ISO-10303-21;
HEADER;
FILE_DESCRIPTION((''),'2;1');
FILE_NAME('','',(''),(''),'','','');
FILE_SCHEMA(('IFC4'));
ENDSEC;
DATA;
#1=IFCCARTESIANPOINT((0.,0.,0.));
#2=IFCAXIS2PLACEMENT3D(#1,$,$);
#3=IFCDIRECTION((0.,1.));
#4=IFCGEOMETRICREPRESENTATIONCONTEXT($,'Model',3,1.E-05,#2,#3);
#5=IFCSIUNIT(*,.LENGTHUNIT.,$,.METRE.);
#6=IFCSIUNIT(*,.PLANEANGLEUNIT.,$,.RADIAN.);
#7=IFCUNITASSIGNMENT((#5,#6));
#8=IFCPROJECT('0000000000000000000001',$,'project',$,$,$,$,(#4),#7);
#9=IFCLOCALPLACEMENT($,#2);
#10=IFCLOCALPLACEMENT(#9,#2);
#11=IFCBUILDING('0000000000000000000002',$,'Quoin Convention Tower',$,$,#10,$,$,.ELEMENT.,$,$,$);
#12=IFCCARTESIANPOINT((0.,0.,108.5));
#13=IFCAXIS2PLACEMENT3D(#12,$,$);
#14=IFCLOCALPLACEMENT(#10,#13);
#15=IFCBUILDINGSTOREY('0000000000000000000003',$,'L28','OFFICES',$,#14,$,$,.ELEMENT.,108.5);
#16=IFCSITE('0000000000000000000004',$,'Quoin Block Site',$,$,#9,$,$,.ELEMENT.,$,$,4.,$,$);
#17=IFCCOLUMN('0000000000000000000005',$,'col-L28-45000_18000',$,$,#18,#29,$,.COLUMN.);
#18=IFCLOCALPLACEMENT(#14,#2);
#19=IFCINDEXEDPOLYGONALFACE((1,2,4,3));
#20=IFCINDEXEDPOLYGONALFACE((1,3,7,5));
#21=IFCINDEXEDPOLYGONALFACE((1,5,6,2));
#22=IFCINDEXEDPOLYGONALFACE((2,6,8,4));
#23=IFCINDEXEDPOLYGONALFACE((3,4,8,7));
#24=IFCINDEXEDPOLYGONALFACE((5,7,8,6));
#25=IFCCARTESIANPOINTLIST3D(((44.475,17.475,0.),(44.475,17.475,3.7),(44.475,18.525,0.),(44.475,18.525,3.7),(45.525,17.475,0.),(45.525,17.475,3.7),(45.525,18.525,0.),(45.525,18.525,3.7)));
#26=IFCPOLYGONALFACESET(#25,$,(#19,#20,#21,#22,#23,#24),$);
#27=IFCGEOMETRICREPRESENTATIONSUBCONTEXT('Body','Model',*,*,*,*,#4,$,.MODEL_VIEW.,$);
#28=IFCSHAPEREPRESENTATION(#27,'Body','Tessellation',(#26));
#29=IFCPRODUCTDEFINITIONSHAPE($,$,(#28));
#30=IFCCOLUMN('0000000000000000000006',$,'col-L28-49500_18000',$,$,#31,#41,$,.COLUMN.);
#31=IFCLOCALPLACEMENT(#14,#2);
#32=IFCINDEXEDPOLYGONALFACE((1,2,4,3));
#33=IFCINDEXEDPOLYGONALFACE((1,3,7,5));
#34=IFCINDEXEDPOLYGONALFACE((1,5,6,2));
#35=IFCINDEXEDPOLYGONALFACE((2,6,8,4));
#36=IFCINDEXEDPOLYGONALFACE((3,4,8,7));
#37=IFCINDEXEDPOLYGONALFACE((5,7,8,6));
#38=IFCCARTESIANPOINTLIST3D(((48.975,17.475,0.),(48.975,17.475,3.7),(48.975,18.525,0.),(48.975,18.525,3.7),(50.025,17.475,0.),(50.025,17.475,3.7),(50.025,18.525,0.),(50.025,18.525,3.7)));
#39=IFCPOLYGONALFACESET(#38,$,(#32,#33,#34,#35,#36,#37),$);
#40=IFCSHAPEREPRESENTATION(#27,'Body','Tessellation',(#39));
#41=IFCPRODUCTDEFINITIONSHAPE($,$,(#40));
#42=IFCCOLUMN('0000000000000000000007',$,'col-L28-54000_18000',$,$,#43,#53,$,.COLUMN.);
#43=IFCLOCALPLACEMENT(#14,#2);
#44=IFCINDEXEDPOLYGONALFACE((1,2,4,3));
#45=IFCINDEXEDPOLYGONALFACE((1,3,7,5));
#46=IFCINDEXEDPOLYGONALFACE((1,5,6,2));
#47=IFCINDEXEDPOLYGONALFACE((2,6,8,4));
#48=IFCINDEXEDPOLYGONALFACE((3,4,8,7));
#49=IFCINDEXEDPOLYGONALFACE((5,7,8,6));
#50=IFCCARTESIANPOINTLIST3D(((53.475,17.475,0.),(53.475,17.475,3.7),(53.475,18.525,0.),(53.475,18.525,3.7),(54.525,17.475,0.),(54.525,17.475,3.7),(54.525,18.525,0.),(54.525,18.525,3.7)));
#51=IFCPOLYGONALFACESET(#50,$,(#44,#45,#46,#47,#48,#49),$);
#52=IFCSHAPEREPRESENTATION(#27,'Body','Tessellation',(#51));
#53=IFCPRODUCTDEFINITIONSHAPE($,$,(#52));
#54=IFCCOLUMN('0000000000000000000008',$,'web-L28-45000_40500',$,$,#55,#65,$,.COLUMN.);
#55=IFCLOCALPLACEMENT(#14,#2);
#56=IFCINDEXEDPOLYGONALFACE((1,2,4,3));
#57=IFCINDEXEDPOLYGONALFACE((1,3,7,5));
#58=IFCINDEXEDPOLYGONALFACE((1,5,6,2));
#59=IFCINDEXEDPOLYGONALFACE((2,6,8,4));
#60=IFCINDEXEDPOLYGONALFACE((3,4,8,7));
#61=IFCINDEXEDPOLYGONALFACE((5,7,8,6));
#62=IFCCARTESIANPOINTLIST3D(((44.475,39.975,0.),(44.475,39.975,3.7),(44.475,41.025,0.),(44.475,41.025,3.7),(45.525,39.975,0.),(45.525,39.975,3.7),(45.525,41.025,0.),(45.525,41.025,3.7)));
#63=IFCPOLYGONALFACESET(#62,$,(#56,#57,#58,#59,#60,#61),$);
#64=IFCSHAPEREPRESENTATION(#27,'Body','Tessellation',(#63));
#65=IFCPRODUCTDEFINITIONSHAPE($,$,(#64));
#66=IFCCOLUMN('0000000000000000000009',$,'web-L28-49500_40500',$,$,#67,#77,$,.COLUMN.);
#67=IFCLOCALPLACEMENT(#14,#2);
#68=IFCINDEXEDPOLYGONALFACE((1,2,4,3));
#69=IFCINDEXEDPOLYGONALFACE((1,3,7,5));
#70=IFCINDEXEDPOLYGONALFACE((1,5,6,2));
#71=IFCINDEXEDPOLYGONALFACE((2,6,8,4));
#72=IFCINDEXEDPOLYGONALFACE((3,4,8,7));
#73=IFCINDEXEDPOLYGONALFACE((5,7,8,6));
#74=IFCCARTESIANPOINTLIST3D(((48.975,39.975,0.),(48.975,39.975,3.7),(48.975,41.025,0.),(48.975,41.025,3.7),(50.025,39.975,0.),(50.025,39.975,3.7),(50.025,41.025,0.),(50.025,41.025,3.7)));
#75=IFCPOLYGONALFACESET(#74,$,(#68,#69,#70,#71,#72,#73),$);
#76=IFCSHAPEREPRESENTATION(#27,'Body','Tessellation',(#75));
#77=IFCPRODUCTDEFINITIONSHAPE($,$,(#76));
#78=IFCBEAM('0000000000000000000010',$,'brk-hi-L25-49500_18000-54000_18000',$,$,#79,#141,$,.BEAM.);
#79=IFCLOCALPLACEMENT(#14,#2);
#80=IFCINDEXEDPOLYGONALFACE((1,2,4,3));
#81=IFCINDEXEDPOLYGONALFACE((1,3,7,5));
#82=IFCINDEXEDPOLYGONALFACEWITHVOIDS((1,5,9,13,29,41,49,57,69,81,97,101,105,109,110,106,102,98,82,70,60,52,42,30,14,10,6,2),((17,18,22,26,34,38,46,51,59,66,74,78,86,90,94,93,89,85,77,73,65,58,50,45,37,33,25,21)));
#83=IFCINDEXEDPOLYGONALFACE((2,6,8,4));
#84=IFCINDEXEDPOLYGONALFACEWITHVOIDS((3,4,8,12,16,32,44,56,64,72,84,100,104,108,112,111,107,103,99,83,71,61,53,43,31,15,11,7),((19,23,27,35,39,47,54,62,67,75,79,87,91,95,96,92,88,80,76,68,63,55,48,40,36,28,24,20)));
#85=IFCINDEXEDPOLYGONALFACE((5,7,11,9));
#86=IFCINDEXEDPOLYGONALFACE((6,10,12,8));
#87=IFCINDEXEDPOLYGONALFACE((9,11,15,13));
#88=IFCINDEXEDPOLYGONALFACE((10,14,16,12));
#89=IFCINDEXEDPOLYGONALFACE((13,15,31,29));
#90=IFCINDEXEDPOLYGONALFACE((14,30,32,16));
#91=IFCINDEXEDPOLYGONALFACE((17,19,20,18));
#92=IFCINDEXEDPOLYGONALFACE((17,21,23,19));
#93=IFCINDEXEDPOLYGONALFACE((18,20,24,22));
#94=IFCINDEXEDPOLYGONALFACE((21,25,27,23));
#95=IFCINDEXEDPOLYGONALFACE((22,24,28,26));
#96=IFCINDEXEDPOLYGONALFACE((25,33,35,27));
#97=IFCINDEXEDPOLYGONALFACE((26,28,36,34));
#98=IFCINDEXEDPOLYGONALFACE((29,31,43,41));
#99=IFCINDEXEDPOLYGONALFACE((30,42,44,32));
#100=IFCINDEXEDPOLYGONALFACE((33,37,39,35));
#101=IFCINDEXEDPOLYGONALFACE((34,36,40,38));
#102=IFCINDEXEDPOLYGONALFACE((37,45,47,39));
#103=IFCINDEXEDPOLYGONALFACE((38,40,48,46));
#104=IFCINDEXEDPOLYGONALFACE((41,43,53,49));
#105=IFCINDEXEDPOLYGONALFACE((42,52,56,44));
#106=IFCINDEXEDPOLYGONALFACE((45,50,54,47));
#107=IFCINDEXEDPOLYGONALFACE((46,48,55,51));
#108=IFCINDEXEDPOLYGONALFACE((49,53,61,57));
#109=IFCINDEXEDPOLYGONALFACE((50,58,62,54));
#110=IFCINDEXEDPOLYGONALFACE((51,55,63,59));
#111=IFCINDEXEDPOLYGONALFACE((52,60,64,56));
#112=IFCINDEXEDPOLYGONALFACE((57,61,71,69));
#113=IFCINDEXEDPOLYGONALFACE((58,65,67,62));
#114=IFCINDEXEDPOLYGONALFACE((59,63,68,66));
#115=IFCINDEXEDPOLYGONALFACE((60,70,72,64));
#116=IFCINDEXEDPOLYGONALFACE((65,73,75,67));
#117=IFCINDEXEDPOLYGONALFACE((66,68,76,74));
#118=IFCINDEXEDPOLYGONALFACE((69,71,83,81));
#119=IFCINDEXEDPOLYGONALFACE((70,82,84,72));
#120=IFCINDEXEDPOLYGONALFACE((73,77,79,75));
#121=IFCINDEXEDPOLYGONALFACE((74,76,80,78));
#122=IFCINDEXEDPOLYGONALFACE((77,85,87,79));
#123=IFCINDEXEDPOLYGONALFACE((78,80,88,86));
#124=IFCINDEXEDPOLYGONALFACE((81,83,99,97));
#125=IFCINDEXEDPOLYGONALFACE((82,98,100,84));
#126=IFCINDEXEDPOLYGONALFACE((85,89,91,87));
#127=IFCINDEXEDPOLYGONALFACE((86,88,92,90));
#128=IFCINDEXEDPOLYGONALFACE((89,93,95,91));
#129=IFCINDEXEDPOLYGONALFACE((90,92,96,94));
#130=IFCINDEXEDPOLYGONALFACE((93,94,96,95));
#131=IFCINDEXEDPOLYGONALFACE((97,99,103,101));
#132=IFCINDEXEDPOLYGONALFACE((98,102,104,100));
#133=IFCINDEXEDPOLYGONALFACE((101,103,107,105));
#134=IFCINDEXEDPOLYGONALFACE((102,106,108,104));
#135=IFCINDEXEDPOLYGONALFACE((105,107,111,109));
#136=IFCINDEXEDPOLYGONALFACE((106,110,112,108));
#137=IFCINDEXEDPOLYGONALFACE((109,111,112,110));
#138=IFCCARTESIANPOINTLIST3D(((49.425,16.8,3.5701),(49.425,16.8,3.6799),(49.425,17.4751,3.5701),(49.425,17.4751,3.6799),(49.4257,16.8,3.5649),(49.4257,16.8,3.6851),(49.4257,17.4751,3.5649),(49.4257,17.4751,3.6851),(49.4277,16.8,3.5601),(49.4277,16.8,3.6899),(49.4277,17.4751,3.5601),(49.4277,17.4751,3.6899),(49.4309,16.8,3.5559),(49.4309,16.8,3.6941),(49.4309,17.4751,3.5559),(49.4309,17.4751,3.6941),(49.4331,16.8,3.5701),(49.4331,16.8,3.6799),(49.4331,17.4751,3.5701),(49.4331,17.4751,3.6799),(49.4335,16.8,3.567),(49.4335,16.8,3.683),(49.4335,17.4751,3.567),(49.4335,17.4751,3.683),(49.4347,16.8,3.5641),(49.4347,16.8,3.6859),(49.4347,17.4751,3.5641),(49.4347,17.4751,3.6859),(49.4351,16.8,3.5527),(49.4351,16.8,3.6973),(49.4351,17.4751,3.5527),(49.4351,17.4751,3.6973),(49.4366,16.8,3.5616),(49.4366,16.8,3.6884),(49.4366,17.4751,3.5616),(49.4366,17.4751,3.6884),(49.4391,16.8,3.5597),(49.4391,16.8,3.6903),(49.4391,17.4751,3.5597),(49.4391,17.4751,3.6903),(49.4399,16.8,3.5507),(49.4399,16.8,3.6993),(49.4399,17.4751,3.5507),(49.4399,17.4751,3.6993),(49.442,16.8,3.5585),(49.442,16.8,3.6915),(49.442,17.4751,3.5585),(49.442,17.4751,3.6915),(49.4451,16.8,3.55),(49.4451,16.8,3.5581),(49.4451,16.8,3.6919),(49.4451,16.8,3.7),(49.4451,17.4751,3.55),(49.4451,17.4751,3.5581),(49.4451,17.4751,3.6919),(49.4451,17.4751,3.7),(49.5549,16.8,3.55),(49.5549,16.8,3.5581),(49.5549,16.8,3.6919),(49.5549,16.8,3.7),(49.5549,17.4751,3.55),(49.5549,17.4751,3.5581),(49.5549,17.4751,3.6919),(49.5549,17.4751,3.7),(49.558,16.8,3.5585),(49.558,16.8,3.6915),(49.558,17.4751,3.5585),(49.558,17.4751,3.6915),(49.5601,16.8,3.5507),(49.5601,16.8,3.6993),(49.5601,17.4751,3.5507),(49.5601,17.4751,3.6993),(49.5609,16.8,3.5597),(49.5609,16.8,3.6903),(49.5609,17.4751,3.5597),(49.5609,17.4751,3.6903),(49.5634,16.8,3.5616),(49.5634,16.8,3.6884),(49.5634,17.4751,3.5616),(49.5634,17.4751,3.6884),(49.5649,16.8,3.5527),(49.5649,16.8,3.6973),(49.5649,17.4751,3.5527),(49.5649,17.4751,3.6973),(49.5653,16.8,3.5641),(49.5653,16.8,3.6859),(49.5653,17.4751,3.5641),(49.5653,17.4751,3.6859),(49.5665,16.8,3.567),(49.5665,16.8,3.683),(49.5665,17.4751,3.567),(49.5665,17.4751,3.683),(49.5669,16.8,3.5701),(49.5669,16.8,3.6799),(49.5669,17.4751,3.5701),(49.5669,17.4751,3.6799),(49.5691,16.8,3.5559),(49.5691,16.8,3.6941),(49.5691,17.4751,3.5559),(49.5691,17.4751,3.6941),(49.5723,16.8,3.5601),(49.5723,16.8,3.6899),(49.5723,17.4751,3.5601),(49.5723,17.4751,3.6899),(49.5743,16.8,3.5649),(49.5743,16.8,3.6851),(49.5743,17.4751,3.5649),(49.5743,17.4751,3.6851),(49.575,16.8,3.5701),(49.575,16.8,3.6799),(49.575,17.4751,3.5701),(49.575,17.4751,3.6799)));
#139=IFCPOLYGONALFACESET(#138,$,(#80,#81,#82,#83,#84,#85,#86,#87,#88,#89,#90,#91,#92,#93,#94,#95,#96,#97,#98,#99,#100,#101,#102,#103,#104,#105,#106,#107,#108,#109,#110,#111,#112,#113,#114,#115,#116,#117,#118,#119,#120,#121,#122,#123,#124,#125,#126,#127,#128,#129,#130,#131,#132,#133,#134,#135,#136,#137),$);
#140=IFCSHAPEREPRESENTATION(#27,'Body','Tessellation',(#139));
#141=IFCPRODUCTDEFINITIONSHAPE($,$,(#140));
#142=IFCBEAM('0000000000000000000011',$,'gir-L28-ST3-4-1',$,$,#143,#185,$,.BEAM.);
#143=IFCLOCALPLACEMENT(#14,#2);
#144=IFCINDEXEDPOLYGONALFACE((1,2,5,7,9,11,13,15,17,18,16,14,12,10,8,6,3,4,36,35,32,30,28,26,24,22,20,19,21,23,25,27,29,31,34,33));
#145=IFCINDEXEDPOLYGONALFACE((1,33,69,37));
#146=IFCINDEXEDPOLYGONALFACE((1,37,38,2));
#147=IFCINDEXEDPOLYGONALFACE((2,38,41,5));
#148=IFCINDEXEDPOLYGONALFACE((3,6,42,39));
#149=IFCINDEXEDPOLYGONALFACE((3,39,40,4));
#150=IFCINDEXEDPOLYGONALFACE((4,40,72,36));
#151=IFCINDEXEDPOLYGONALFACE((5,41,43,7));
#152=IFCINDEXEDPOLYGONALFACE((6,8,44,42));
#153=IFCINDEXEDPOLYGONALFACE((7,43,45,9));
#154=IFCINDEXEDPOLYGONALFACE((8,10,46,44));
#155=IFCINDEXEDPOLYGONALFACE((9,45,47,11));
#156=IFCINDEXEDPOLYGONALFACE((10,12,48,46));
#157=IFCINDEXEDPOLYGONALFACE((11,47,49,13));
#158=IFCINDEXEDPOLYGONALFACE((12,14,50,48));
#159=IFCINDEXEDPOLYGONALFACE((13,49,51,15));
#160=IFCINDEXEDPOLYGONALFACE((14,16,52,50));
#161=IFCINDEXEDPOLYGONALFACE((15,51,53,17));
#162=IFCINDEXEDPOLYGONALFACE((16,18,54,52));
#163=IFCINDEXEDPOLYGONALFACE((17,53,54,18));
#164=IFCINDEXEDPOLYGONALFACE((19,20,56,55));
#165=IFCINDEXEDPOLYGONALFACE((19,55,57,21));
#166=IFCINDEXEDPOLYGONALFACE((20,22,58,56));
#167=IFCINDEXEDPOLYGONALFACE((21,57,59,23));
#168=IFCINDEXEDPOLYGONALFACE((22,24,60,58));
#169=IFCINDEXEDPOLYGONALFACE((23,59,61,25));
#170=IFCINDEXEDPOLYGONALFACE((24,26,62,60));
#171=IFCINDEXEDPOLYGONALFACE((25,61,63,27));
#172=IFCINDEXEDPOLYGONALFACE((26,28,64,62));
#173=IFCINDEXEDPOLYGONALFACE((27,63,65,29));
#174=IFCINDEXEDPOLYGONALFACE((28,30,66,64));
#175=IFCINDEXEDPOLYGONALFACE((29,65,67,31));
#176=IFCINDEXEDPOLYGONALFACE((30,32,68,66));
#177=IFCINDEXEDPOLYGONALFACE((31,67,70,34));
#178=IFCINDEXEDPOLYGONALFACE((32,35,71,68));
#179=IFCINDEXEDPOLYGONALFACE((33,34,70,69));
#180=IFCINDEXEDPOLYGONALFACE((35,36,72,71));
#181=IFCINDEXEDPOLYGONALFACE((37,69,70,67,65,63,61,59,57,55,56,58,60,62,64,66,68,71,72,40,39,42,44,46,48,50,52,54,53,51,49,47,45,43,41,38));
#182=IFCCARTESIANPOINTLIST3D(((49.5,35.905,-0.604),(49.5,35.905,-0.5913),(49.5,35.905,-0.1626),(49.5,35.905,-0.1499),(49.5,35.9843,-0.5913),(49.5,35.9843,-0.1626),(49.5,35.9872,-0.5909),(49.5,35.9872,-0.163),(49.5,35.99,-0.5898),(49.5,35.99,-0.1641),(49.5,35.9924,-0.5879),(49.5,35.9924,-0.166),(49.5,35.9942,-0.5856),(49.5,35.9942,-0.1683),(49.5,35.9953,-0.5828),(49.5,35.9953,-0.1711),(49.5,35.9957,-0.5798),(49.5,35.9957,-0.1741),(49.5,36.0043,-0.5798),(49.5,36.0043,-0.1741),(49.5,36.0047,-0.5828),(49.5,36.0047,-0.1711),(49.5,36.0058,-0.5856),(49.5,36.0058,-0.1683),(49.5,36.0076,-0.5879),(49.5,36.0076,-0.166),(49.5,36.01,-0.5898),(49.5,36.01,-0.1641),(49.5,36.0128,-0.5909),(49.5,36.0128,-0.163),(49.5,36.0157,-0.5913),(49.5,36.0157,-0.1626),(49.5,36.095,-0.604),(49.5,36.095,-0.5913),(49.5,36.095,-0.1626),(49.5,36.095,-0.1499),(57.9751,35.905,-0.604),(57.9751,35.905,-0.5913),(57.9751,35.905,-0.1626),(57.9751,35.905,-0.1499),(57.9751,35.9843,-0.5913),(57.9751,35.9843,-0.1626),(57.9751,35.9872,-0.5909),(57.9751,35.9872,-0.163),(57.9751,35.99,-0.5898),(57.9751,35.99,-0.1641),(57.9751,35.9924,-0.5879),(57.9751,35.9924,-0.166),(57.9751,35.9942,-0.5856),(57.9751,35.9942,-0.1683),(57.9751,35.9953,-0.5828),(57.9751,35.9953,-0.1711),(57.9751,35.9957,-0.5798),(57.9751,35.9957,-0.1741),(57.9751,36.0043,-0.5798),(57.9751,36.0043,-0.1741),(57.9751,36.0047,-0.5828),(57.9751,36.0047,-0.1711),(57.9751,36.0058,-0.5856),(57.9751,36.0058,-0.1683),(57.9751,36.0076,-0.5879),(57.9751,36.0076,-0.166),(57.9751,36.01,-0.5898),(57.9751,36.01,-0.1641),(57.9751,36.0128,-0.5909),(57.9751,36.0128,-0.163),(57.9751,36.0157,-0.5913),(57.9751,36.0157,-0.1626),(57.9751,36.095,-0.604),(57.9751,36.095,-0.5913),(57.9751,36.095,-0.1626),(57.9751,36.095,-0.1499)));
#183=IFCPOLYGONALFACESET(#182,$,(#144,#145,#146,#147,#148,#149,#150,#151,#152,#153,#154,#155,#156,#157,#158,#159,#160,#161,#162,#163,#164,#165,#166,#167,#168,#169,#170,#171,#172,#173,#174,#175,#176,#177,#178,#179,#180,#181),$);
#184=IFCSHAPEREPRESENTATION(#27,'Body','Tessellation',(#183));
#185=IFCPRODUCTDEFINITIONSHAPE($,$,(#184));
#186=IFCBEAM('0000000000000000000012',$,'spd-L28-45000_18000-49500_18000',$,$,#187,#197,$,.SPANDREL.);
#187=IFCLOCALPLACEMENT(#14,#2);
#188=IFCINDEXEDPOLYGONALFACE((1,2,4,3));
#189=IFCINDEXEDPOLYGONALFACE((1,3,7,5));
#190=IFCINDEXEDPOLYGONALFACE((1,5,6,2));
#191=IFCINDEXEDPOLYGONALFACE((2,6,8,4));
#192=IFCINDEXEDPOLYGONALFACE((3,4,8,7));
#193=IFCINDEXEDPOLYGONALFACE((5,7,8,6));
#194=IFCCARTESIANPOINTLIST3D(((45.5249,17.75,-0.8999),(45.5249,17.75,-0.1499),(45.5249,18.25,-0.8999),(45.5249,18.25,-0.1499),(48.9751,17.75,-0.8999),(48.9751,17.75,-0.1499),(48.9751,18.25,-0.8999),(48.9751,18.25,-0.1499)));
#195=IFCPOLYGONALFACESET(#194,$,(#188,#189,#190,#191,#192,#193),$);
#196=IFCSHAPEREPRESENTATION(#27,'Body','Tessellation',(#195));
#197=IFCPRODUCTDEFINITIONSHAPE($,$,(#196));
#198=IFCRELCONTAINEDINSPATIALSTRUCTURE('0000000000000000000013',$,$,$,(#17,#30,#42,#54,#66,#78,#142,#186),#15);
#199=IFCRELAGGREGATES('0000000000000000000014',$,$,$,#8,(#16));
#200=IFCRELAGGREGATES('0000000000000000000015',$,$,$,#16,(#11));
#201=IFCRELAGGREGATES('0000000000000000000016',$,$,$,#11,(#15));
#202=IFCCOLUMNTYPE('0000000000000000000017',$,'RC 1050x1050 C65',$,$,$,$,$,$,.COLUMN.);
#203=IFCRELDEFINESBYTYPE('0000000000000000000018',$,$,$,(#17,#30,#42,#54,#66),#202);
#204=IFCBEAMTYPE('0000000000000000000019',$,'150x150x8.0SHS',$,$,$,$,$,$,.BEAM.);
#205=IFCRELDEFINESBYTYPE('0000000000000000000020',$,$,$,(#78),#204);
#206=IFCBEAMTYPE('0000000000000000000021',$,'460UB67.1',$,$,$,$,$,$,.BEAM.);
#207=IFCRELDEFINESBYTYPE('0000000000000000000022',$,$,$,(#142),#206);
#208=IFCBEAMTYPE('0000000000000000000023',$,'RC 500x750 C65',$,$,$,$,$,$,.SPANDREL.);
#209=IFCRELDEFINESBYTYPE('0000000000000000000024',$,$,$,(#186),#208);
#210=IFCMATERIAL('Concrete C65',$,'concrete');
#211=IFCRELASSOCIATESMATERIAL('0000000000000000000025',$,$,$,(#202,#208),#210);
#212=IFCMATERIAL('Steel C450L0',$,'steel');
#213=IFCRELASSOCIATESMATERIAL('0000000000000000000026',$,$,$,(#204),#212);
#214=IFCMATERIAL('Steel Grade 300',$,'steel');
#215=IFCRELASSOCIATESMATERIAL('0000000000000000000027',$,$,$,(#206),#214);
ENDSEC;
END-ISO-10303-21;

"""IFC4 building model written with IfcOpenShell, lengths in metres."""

from ifc_helpers import new_model, si_unit, direction, frame, origin, origin_2d, place, context, subcontext, project, spatial, rectangle, hollow_rectangle, i_section, extrude, material, material_profile, profile_set, type_object, element, save


model = new_model("IFC4")

# Units and contexts
model_context = context("Model", 3, precision=1e-05, world=origin(), true_north=direction((0.0, 1.0)))
body_context = subcontext(model_context, "Body", "Model", "MODEL_VIEW")
ifc_project = project(units=[si_unit("LENGTHUNIT", "METRE"), si_unit("PLANEANGLEUNIT", "RADIAN")], contexts=[model_context])

# Site, building, storey
site_placement = place(None, origin())
site = spatial("IfcSite", under=ifc_project, at=site_placement, Name="Quoin Block Site", CompositionType="ELEMENT", RefElevation=4.0)
building_placement = place(site_placement, origin())
building = spatial("IfcBuilding", under=site, at=building_placement, Name="Quoin Convention Tower", CompositionType="ELEMENT")
storey_placement = place(building_placement, frame((0.0, 0.0, 108.5)))
storey = spatial("IfcBuildingStorey", under=building, at=storey_placement, Name="L28", Description="OFFICES", CompositionType="ELEMENT", Elevation=108.5)

# Columns
ifc_material_1 = material(Name="Concrete C65", Category="concrete")
ifc_material_profile_1 = material_profile(ifc_material_1, rectangle(XDim=1.05, YDim=1.05, at=origin_2d()), Name="RC 1050x1050")
ifc_profile_set_1 = profile_set([ifc_material_profile_1], Name="Concrete C65")
column_type = type_object("IfcColumnType", Name="RC 1050x1050 C65", PredefinedType="COLUMN", material=ifc_profile_set_1)
for number, where, z_axis, x_axis, name in (
    (1, (45.0, 18.0, 0.0), (0.0, 0.0, 1.0), (1.0, 0.0, 0.0), "col-L28-45000_18000"),
    (2, (49.5, 18.0, 0.0), (0.0, 0.0, 1.0), (1.0, 0.0, 0.0), "col-L28-49500_18000"),
    (3, (54.0, 18.0, 0.0), (0.0, 0.0, 1.0), (1.0, 0.0, 0.0), "col-L28-54000_18000"),
    (4, (45.0, 40.5, 0.0), (0.0, 0.0, 1.0), (1.0, 0.0, 0.0), "web-L28-45000_40500"),
    (5, (49.5, 40.5, 0.0), (0.0, 0.0, 1.0), (1.0, 0.0, 0.0), "web-L28-49500_40500"),
):
    element("IfcColumn", number, at=place(storey_placement, frame(where, z_axis=z_axis, x_axis=x_axis)), inside=storey, type_object=column_type, Name=name, PredefinedType="COLUMN", context=body_context, shape_type="SweptSolid", body=[
        extrude(rectangle(XDim=1.05, YDim=1.05, at=origin_2d()), origin(), (0.0, 0.0, 1.0), 3.7),
    ])

# Beams
ifc_material_2 = material(Name="Steel C450L0", Category="steel")
ifc_material_profile_2 = material_profile(ifc_material_2, hollow_rectangle(XDim=0.1499, YDim=0.1499, WallThickness=0.0081, InnerFilletRadius=0.012, OuterFilletRadius=0.02, at=origin_2d()), Name="150x150x8.0SHS")
ifc_profile_set_2 = profile_set([ifc_material_profile_2], Name="Steel C450L0")
beam_type_1 = type_object("IfcBeamType", Name="150x150x8.0SHS", PredefinedType="BEAM", material=ifc_profile_set_2)
beam_1_placement = place(storey_placement, frame((49.5, 17.4751, 3.625), z_axis=(0.0, -1.0, 0.0), x_axis=(1.0, 0.0, 0.0)))
element("IfcBeam", 6, at=beam_1_placement, inside=storey, type_object=beam_type_1, Name="brk-hi-L25-49500_18000-54000_18000", PredefinedType="BEAM", context=body_context, shape_type="SweptSolid", body=[
    extrude(hollow_rectangle(XDim=0.1499, YDim=0.1499, WallThickness=0.0081, InnerFilletRadius=0.012, OuterFilletRadius=0.02, at=origin_2d()), origin(), (0.0, 0.0, 1.0), 0.675),
])
ifc_material_3 = material(Name="Steel Grade 300", Category="steel")
ifc_material_profile_3 = material_profile(ifc_material_3, i_section(OverallWidth=0.1899, OverallDepth=0.4541, WebThickness=0.0085, FlangeThickness=0.0127, FilletRadius=0.0115, at=origin_2d()), Name="460UB67.1")
ifc_profile_set_3 = profile_set([ifc_material_profile_3], Name="Steel Grade 300")
beam_type_2 = type_object("IfcBeamType", Name="460UB67.1", PredefinedType="BEAM", material=ifc_profile_set_3)
beam_2_placement = place(storey_placement, frame((49.5, 36.0, -0.377), z_axis=(1.0, 0.0, 0.0), x_axis=(0.0, 1.0, 0.0)))
element("IfcBeam", 7, at=beam_2_placement, inside=storey, type_object=beam_type_2, Name="gir-L28-ST3-4-1", PredefinedType="BEAM", context=body_context, shape_type="SweptSolid", body=[
    extrude(i_section(OverallWidth=0.1899, OverallDepth=0.4541, WebThickness=0.0085, FlangeThickness=0.0127, FilletRadius=0.0115, at=origin_2d()), origin(), (0.0, 0.0, 1.0), 8.4751),
])
ifc_material_profile_4 = material_profile(ifc_material_1, rectangle(XDim=0.5, YDim=0.75, at=origin_2d()), Name="RC 500x750")
ifc_profile_set_4 = profile_set([ifc_material_profile_4], Name="Concrete C65")
beam_type_3 = type_object("IfcBeamType", Name="RC 500x750 C65", PredefinedType="SPANDREL", material=ifc_profile_set_4)
for number, where, z_axis, x_axis, name in (
    (8, (45.5249, 18.0, -0.5249), (1.0, 0.0, 0.0), (0.0, 1.0, 0.0), "spd-L28-45000_18000-49500_18000"),
):
    element("IfcBeam", number, at=place(storey_placement, frame(where, z_axis=z_axis, x_axis=x_axis)), inside=storey, type_object=beam_type_3, Name=name, PredefinedType="SPANDREL", context=body_context, shape_type="SweptSolid", body=[
        extrude(rectangle(XDim=0.5, YDim=0.75, at=origin_2d()), origin(), (0.0, 0.0, 1.0), 3.4502),
    ])

save(model, "model.ifc")
